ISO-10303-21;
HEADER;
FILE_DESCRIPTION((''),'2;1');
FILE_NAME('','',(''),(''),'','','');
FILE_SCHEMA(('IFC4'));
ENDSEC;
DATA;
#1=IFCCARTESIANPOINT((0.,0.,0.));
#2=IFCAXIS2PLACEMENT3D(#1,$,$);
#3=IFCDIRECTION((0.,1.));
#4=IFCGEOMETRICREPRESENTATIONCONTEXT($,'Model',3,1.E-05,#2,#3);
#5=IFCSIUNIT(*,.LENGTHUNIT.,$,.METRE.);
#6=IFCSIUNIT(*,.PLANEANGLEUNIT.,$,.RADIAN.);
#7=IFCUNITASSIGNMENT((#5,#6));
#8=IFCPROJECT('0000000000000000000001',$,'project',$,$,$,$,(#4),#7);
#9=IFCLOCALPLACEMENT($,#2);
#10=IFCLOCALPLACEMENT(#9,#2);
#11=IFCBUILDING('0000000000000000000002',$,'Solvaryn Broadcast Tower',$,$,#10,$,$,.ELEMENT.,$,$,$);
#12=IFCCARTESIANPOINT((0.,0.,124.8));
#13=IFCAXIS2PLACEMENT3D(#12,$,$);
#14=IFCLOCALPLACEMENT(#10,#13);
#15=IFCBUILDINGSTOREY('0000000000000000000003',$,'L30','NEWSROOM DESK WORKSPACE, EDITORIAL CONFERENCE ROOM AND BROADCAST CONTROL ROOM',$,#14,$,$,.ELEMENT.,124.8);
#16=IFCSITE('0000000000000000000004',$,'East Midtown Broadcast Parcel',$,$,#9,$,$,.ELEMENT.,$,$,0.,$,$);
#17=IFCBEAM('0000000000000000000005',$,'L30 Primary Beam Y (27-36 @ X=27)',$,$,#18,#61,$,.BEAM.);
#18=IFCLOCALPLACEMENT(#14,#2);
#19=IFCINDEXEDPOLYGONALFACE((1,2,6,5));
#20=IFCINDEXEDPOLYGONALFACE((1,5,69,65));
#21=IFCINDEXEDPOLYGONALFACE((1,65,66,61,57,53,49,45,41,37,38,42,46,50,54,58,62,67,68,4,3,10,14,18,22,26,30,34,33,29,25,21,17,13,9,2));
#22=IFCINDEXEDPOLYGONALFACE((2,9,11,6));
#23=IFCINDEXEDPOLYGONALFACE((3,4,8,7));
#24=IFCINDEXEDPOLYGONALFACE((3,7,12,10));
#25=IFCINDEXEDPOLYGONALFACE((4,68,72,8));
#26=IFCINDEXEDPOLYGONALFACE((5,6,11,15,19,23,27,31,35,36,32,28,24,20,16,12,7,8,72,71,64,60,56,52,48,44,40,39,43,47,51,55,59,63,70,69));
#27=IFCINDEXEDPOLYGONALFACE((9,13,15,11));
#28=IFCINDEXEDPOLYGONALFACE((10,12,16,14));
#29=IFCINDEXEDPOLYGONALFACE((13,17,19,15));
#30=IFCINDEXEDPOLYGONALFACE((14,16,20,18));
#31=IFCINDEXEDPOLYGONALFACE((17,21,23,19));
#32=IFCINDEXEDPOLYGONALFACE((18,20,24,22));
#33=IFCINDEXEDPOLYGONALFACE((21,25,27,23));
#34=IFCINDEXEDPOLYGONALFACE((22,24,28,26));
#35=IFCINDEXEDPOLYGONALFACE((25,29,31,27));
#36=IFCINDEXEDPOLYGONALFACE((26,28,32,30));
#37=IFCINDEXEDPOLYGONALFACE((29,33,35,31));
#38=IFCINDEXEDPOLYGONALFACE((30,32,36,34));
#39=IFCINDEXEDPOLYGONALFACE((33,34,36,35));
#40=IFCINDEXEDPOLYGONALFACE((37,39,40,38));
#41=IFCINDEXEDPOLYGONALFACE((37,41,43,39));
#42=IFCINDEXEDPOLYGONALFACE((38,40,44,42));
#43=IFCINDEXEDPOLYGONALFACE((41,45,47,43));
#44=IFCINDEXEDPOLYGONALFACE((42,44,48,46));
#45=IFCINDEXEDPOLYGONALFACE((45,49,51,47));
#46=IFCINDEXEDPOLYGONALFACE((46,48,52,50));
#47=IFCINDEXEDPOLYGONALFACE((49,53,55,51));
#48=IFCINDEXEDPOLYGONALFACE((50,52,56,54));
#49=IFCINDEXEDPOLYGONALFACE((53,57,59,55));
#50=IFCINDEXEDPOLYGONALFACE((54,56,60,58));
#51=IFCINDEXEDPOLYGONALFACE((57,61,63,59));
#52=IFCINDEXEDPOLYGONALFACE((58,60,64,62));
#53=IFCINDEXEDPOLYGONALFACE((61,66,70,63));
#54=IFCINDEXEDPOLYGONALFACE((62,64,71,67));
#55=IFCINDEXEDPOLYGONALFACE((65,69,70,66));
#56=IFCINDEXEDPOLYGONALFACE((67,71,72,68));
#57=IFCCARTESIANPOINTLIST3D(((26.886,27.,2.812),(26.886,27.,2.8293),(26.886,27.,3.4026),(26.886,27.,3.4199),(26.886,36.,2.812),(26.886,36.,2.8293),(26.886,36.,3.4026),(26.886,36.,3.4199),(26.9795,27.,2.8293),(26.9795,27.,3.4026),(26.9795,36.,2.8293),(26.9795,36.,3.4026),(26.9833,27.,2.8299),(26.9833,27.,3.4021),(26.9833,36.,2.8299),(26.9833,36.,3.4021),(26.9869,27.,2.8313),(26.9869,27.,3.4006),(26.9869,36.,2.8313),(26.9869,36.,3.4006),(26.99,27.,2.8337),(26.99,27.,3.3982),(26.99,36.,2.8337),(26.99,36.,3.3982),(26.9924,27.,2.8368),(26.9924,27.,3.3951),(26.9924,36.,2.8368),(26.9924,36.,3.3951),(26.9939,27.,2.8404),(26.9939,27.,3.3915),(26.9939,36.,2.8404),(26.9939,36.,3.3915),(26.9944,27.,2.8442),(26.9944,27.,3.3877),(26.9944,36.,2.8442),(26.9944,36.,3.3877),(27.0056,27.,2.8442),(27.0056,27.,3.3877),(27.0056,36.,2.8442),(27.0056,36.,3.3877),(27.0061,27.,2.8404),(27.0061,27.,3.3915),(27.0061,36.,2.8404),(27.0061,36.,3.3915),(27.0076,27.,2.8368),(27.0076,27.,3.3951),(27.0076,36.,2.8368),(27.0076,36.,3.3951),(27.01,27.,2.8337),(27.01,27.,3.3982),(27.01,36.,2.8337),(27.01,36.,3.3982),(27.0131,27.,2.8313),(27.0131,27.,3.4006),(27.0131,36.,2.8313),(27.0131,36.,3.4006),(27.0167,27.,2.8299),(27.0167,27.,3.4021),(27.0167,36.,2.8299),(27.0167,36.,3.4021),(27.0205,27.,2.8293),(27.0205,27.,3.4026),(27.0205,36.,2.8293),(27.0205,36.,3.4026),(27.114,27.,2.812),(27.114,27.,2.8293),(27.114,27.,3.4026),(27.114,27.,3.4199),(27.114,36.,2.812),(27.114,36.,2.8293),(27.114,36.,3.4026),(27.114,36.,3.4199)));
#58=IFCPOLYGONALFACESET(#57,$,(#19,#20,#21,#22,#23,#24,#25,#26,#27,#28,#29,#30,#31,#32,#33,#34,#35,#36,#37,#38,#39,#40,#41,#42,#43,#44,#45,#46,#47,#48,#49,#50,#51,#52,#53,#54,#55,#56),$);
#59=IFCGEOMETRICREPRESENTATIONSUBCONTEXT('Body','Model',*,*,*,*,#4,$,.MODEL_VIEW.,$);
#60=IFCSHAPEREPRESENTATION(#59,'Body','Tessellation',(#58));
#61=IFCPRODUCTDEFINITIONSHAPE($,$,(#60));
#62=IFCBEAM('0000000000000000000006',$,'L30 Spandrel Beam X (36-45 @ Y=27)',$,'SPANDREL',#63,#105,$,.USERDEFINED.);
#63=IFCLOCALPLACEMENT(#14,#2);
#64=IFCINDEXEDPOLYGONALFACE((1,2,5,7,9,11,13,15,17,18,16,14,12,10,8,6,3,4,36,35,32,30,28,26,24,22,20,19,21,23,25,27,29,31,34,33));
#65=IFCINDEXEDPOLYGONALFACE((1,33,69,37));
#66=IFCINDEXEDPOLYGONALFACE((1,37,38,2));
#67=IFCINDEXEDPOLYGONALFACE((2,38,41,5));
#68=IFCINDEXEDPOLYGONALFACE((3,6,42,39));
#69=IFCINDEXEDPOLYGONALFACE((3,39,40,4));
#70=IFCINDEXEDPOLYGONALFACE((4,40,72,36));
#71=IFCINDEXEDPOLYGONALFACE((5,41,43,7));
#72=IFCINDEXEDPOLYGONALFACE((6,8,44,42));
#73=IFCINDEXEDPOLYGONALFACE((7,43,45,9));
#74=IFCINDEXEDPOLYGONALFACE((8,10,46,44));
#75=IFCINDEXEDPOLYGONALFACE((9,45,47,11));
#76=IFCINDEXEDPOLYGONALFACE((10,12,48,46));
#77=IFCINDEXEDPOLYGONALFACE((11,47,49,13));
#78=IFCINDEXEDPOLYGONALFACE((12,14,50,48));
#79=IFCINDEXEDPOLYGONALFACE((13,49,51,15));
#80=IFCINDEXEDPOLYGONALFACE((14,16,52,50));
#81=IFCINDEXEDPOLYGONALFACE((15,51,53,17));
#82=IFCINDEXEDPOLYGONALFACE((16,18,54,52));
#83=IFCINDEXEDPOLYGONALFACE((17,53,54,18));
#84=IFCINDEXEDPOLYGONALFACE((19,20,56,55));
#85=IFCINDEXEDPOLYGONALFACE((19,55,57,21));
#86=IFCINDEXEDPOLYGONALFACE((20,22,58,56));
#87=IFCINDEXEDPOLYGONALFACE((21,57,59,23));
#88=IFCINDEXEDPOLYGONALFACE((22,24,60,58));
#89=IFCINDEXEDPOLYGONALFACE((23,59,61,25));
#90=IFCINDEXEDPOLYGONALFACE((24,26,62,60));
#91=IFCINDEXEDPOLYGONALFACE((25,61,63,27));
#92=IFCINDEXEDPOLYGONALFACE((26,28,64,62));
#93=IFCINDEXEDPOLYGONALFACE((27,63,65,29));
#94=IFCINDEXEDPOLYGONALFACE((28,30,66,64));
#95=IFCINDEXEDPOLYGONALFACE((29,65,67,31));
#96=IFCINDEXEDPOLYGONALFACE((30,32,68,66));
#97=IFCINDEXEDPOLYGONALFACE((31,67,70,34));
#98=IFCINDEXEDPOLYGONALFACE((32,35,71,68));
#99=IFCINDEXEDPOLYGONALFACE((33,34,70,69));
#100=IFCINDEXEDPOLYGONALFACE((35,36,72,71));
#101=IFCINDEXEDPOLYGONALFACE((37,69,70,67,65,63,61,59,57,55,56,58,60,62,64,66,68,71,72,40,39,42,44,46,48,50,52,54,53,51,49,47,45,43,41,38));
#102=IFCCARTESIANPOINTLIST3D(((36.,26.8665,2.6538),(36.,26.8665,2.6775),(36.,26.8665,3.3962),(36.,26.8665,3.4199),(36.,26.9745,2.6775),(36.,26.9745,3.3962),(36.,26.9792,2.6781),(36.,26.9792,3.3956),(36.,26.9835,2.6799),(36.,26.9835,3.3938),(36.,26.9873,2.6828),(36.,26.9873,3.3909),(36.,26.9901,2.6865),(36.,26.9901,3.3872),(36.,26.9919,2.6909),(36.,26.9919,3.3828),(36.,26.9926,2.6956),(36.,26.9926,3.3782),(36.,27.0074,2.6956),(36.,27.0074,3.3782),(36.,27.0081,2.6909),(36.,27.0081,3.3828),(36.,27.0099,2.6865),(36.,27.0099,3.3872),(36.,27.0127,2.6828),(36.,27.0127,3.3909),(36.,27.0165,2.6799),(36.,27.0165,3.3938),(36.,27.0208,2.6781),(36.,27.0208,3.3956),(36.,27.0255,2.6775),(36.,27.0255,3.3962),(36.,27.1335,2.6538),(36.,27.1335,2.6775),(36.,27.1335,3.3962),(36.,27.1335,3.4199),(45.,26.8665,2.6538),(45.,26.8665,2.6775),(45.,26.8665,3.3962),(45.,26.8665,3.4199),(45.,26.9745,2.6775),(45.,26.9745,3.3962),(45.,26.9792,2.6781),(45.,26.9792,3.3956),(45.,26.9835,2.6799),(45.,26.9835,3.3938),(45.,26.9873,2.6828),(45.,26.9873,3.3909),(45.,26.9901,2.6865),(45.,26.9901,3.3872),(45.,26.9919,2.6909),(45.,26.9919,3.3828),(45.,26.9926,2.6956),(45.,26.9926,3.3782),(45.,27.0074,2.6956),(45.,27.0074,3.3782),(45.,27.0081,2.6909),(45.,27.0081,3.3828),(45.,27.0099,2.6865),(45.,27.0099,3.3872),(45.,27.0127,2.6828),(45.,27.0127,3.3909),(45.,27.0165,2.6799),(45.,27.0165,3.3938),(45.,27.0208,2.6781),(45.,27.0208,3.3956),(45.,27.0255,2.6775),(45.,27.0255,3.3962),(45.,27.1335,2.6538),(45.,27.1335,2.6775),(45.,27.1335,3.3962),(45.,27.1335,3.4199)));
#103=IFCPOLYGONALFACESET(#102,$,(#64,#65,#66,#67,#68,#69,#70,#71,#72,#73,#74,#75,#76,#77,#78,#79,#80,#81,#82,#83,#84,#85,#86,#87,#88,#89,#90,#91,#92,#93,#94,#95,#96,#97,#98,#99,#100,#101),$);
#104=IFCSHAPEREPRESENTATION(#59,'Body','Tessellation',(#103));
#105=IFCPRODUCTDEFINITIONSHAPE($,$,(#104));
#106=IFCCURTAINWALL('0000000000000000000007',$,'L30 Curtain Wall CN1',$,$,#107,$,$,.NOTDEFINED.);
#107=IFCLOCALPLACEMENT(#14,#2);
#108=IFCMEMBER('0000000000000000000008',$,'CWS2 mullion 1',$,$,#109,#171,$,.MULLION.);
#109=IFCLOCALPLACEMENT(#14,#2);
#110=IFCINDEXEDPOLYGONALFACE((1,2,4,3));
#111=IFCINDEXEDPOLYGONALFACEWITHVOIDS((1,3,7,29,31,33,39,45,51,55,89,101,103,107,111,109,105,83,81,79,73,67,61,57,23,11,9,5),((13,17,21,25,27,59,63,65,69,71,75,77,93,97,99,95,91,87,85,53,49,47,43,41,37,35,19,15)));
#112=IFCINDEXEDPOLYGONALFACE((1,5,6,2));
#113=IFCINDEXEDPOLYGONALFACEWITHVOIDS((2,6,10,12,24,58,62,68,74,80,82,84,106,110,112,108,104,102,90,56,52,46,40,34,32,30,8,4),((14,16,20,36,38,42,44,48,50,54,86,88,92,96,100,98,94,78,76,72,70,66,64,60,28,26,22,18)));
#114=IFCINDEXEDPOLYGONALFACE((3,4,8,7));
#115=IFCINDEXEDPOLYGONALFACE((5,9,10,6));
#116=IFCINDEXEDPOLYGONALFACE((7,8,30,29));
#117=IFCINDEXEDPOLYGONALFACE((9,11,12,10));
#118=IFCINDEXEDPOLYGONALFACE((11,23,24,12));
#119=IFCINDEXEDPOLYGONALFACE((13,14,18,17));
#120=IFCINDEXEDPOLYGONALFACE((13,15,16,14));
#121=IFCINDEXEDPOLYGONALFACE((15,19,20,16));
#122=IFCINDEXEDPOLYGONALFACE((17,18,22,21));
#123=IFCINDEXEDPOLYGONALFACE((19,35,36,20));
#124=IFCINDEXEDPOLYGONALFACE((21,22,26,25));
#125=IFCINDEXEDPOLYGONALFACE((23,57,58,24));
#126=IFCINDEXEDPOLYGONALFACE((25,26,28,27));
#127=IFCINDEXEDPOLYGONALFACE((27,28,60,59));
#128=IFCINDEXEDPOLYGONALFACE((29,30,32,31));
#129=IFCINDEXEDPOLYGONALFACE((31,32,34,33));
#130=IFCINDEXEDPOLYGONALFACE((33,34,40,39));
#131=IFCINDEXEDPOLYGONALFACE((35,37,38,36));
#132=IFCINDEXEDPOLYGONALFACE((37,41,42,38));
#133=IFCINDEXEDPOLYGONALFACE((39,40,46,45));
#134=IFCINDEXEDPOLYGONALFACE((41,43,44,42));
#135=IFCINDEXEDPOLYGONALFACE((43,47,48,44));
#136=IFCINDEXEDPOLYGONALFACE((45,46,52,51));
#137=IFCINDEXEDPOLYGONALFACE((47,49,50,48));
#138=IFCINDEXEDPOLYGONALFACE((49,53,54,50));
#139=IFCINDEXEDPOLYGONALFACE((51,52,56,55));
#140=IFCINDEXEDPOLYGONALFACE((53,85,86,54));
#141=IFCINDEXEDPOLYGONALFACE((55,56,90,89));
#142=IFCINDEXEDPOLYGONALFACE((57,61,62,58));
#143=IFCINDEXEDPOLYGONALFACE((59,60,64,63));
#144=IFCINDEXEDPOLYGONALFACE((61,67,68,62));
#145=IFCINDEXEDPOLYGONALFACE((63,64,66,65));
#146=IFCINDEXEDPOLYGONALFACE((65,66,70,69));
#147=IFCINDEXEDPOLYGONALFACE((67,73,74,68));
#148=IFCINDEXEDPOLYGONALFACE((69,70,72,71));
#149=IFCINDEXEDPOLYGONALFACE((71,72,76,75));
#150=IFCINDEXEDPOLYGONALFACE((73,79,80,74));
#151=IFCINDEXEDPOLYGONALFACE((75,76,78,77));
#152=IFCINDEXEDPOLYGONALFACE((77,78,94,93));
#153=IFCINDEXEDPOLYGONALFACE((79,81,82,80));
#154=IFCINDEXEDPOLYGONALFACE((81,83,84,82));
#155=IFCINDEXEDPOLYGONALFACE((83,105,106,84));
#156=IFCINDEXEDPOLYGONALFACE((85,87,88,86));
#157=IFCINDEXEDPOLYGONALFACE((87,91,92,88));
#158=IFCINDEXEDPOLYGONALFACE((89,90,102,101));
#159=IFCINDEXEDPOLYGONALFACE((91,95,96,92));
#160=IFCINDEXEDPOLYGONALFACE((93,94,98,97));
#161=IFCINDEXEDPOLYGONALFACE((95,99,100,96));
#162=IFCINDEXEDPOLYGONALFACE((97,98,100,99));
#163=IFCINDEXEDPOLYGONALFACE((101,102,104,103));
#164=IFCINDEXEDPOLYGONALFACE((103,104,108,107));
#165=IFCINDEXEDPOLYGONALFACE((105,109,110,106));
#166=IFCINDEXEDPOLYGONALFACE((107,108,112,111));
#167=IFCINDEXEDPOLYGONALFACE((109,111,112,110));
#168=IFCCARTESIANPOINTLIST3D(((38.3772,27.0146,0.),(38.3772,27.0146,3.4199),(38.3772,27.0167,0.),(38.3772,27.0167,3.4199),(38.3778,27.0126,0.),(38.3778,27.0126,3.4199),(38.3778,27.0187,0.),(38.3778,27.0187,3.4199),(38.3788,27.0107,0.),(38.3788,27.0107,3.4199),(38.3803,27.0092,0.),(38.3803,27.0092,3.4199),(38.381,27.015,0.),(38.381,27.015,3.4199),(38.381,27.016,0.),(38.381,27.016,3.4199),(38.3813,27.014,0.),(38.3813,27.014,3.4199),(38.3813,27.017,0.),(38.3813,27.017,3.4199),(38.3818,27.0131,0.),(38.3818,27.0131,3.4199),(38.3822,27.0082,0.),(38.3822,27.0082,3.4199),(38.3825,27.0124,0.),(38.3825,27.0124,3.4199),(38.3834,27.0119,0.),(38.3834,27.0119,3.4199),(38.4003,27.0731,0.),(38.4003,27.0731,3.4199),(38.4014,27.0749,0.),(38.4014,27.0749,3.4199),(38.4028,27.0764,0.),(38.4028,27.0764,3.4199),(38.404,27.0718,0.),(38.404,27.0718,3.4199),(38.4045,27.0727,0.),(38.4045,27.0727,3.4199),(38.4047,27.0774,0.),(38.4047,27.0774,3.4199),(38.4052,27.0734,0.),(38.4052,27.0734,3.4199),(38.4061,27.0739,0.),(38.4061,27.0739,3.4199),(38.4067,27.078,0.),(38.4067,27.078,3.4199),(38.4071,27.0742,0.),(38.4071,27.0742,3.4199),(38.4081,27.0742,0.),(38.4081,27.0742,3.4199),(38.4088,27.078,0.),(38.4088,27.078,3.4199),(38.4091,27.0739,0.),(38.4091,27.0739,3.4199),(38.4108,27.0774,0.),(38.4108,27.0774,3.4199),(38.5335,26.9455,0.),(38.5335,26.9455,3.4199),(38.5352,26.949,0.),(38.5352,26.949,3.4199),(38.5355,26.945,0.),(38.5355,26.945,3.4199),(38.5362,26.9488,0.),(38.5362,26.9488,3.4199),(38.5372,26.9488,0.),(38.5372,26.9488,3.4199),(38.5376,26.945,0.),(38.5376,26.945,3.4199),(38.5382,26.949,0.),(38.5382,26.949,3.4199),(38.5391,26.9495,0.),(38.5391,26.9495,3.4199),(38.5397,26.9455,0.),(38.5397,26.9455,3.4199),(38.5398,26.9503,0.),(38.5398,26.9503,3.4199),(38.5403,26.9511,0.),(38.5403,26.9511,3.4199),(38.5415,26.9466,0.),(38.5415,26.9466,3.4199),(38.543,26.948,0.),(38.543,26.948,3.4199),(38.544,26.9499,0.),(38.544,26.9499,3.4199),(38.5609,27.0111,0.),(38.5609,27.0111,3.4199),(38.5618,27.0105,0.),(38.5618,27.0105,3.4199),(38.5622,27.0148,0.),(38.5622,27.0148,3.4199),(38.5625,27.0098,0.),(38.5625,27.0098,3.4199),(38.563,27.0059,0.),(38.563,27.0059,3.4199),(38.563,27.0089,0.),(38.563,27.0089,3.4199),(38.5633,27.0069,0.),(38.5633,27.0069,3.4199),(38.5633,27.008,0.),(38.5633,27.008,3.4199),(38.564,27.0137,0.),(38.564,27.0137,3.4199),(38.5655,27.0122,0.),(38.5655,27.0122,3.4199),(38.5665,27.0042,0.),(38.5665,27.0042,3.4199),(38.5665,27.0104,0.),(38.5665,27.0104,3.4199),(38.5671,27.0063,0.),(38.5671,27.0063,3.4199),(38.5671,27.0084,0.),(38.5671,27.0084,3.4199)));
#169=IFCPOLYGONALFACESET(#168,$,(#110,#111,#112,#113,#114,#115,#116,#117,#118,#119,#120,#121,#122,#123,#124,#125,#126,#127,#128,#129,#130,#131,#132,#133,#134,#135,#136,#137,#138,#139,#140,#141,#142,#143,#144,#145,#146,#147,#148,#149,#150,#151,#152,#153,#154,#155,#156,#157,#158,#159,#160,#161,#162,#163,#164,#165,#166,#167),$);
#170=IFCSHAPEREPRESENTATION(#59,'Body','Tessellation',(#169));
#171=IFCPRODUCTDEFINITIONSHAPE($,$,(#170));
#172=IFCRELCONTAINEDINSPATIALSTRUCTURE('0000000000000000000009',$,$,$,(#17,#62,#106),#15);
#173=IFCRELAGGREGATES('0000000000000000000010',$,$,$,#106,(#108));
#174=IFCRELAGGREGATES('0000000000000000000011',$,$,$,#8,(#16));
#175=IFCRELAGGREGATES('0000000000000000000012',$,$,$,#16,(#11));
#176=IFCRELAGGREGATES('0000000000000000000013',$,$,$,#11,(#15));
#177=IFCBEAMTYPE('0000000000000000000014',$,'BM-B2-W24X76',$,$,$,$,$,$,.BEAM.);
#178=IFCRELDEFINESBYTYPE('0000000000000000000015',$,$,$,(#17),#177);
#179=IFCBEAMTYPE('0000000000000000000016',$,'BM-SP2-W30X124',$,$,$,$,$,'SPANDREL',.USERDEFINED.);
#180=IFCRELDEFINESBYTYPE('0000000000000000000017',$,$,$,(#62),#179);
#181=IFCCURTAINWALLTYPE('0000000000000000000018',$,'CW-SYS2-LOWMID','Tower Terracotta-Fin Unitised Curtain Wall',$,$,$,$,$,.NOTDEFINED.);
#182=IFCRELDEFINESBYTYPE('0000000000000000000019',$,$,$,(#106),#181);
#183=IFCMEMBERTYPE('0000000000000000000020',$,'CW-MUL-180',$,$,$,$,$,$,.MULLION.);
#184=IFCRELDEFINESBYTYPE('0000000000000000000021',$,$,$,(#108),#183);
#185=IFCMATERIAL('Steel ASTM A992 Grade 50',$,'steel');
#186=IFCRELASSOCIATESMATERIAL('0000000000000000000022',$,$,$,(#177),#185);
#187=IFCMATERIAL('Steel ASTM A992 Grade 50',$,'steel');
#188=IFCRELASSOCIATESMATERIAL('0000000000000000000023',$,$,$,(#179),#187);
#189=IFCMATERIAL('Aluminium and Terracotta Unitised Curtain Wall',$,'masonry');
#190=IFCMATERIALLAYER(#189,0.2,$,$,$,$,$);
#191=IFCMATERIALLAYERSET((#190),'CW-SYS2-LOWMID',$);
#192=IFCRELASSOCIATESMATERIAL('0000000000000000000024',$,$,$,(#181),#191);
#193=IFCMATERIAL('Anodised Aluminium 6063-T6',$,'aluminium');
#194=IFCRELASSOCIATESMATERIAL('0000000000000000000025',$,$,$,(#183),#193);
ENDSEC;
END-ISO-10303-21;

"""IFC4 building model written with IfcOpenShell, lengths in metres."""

from ifc_helpers import new_model, si_unit, direction, frame, origin, origin_2d, place, context, subcontext, project, spatial, hollow_rectangle, i_section, extrude, material, layer, layer_set, material_profile, profile_set, type_object, element, aggregate, save


model = new_model("IFC4")

# Units and contexts
model_context = context("Model", 3, precision=1e-05, world=origin(), true_north=direction((0.0, 1.0)))
body_context = subcontext(model_context, "Body", "Model", "MODEL_VIEW")
ifc_project = project(units=[si_unit("LENGTHUNIT", "METRE"), si_unit("PLANEANGLEUNIT", "RADIAN")], contexts=[model_context])

# Site, building, storey
site_placement = place(None, origin())
site = spatial("IfcSite", under=ifc_project, at=site_placement, Name="East Midtown Broadcast Parcel", CompositionType="ELEMENT", RefElevation=0.0)
building_placement = place(site_placement, origin())
building = spatial("IfcBuilding", under=site, at=building_placement, Name="Solvaryn Broadcast Tower", CompositionType="ELEMENT")
storey_placement = place(building_placement, frame((0.0, 0.0, 124.8)))
storey = spatial("IfcBuildingStorey", under=building, at=storey_placement, Name="L30", Description="NEWSROOM DESK WORKSPACE, EDITORIAL CONFERENCE ROOM AND BROADCAST CONTROL ROOM", CompositionType="ELEMENT", Elevation=124.8)

# Beams
ifc_material_1 = material(Name="Steel ASTM A992 Grade 50", Category="steel")
ifc_material_profile_1 = material_profile(ifc_material_1, i_section(OverallWidth=0.228, OverallDepth=0.6079, WebThickness=0.0112, FlangeThickness=0.0173, FilletRadius=0.0149, at=origin_2d()))
ifc_profile_set_1 = profile_set([ifc_material_profile_1], Name="Steel ASTM A992 Grade 50")
beam_type_1 = type_object("IfcBeamType", Name="BM-B2-W24X76", PredefinedType="BEAM", material=ifc_profile_set_1)
beam_1_placement = place(storey_placement, frame((27.0, 27.0, 3.116), z_axis=(0.0, 1.0, 0.0), x_axis=(-1.0, 0.0, 0.0)))
element("IfcBeam", 1, at=beam_1_placement, inside=storey, type_object=beam_type_1, Name="L30 Primary Beam Y (27-36 @ X=27)", PredefinedType="BEAM", context=body_context, shape_type="SweptSolid", body=[
    extrude(i_section(OverallWidth=0.228, OverallDepth=0.6079, WebThickness=0.0112, FlangeThickness=0.0173, FilletRadius=0.0149, at=origin_2d()), origin(), (0.0, 0.0, 1.0), 9.0),
])
ifc_material_2 = material(Name="Steel ASTM A992 Grade 50", Category="steel")
ifc_material_profile_2 = material_profile(ifc_material_2, i_section(OverallWidth=0.2671, OverallDepth=0.7661, WebThickness=0.0149, FlangeThickness=0.0237, FilletRadius=0.0181, at=origin_2d()))
ifc_profile_set_2 = profile_set([ifc_material_profile_2], Name="Steel ASTM A992 Grade 50")
beam_type_2 = type_object("IfcBeamType", Name="BM-SP2-W30X124", ElementType="SPANDREL", PredefinedType="USERDEFINED", material=ifc_profile_set_2)
beam_2_placement = place(storey_placement, frame((36.0, 27.0, 3.0369), z_axis=(1.0, 0.0, 0.0), x_axis=(0.0, 1.0, 0.0)))
element("IfcBeam", 2, at=beam_2_placement, inside=storey, type_object=beam_type_2, Name="L30 Spandrel Beam X (36-45 @ Y=27)", ObjectType="SPANDREL", PredefinedType="USERDEFINED", context=body_context, shape_type="SweptSolid", body=[
    extrude(i_section(OverallWidth=0.2671, OverallDepth=0.7661, WebThickness=0.0149, FlangeThickness=0.0237, FilletRadius=0.0181, at=origin_2d()), origin(), (0.0, 0.0, 1.0), 9.0),
])

# Curtain wall, member
ifc_material_3 = material(Name="Aluminium and Terracotta Unitised Curtain Wall", Category="masonry")
ifc_layer_1 = layer(ifc_material_3, 0.2)
ifc_layer_set_1 = layer_set([ifc_layer_1], Name="CW-SYS2-LOWMID")
curtain_wall_type = type_object("IfcCurtainWallType", Name="CW-SYS2-LOWMID", Description="Tower Terracotta-Fin Unitised Curtain Wall", PredefinedType="NOTDEFINED", material=ifc_layer_set_1)
curtain_wall_1_placement = place(storey_placement, origin())
curtain_wall_1 = element("IfcCurtainWall", 3, at=curtain_wall_1_placement, inside=storey, type_object=curtain_wall_type, Name="L30 Curtain Wall CN1", PredefinedType="NOTDEFINED")
ifc_material_4 = material(Name="Anodised Aluminium 6063-T6", Category="aluminium")
ifc_material_profile_3 = material_profile(ifc_material_4, hollow_rectangle(XDim=0.075, YDim=0.1799, WallThickness=0.0039, InnerFilletRadius=0.0039, OuterFilletRadius=0.0081, at=origin_2d()))
ifc_profile_set_3 = profile_set([ifc_material_profile_3], Name="Anodised Aluminium 6063-T6")
member_type_1 = type_object("IfcMemberType", Name="CW-MUL-180", PredefinedType="MULLION", material=ifc_profile_set_3)
member_1_placement = place(storey_placement, frame((38.4722, 27.0115, 0.0), z_axis=(0.0, 0.0, 1.0), x_axis=(-0.382646, -0.923895, 0.0)))
member_1 = element("IfcMember", 4, at=member_1_placement, type_object=member_type_1, Name="CWS2 mullion 1", PredefinedType="MULLION", context=body_context, shape_type="SweptSolid", body=[
    extrude(hollow_rectangle(XDim=0.075, YDim=0.1799, WallThickness=0.0039, InnerFilletRadius=0.0039, OuterFilletRadius=0.0081, at=origin_2d()), origin(), (0.0, 0.0, 1.0), 3.4199),
])

aggregate(curtain_wall_1, [member_1])

save(model, "model.ifc")
